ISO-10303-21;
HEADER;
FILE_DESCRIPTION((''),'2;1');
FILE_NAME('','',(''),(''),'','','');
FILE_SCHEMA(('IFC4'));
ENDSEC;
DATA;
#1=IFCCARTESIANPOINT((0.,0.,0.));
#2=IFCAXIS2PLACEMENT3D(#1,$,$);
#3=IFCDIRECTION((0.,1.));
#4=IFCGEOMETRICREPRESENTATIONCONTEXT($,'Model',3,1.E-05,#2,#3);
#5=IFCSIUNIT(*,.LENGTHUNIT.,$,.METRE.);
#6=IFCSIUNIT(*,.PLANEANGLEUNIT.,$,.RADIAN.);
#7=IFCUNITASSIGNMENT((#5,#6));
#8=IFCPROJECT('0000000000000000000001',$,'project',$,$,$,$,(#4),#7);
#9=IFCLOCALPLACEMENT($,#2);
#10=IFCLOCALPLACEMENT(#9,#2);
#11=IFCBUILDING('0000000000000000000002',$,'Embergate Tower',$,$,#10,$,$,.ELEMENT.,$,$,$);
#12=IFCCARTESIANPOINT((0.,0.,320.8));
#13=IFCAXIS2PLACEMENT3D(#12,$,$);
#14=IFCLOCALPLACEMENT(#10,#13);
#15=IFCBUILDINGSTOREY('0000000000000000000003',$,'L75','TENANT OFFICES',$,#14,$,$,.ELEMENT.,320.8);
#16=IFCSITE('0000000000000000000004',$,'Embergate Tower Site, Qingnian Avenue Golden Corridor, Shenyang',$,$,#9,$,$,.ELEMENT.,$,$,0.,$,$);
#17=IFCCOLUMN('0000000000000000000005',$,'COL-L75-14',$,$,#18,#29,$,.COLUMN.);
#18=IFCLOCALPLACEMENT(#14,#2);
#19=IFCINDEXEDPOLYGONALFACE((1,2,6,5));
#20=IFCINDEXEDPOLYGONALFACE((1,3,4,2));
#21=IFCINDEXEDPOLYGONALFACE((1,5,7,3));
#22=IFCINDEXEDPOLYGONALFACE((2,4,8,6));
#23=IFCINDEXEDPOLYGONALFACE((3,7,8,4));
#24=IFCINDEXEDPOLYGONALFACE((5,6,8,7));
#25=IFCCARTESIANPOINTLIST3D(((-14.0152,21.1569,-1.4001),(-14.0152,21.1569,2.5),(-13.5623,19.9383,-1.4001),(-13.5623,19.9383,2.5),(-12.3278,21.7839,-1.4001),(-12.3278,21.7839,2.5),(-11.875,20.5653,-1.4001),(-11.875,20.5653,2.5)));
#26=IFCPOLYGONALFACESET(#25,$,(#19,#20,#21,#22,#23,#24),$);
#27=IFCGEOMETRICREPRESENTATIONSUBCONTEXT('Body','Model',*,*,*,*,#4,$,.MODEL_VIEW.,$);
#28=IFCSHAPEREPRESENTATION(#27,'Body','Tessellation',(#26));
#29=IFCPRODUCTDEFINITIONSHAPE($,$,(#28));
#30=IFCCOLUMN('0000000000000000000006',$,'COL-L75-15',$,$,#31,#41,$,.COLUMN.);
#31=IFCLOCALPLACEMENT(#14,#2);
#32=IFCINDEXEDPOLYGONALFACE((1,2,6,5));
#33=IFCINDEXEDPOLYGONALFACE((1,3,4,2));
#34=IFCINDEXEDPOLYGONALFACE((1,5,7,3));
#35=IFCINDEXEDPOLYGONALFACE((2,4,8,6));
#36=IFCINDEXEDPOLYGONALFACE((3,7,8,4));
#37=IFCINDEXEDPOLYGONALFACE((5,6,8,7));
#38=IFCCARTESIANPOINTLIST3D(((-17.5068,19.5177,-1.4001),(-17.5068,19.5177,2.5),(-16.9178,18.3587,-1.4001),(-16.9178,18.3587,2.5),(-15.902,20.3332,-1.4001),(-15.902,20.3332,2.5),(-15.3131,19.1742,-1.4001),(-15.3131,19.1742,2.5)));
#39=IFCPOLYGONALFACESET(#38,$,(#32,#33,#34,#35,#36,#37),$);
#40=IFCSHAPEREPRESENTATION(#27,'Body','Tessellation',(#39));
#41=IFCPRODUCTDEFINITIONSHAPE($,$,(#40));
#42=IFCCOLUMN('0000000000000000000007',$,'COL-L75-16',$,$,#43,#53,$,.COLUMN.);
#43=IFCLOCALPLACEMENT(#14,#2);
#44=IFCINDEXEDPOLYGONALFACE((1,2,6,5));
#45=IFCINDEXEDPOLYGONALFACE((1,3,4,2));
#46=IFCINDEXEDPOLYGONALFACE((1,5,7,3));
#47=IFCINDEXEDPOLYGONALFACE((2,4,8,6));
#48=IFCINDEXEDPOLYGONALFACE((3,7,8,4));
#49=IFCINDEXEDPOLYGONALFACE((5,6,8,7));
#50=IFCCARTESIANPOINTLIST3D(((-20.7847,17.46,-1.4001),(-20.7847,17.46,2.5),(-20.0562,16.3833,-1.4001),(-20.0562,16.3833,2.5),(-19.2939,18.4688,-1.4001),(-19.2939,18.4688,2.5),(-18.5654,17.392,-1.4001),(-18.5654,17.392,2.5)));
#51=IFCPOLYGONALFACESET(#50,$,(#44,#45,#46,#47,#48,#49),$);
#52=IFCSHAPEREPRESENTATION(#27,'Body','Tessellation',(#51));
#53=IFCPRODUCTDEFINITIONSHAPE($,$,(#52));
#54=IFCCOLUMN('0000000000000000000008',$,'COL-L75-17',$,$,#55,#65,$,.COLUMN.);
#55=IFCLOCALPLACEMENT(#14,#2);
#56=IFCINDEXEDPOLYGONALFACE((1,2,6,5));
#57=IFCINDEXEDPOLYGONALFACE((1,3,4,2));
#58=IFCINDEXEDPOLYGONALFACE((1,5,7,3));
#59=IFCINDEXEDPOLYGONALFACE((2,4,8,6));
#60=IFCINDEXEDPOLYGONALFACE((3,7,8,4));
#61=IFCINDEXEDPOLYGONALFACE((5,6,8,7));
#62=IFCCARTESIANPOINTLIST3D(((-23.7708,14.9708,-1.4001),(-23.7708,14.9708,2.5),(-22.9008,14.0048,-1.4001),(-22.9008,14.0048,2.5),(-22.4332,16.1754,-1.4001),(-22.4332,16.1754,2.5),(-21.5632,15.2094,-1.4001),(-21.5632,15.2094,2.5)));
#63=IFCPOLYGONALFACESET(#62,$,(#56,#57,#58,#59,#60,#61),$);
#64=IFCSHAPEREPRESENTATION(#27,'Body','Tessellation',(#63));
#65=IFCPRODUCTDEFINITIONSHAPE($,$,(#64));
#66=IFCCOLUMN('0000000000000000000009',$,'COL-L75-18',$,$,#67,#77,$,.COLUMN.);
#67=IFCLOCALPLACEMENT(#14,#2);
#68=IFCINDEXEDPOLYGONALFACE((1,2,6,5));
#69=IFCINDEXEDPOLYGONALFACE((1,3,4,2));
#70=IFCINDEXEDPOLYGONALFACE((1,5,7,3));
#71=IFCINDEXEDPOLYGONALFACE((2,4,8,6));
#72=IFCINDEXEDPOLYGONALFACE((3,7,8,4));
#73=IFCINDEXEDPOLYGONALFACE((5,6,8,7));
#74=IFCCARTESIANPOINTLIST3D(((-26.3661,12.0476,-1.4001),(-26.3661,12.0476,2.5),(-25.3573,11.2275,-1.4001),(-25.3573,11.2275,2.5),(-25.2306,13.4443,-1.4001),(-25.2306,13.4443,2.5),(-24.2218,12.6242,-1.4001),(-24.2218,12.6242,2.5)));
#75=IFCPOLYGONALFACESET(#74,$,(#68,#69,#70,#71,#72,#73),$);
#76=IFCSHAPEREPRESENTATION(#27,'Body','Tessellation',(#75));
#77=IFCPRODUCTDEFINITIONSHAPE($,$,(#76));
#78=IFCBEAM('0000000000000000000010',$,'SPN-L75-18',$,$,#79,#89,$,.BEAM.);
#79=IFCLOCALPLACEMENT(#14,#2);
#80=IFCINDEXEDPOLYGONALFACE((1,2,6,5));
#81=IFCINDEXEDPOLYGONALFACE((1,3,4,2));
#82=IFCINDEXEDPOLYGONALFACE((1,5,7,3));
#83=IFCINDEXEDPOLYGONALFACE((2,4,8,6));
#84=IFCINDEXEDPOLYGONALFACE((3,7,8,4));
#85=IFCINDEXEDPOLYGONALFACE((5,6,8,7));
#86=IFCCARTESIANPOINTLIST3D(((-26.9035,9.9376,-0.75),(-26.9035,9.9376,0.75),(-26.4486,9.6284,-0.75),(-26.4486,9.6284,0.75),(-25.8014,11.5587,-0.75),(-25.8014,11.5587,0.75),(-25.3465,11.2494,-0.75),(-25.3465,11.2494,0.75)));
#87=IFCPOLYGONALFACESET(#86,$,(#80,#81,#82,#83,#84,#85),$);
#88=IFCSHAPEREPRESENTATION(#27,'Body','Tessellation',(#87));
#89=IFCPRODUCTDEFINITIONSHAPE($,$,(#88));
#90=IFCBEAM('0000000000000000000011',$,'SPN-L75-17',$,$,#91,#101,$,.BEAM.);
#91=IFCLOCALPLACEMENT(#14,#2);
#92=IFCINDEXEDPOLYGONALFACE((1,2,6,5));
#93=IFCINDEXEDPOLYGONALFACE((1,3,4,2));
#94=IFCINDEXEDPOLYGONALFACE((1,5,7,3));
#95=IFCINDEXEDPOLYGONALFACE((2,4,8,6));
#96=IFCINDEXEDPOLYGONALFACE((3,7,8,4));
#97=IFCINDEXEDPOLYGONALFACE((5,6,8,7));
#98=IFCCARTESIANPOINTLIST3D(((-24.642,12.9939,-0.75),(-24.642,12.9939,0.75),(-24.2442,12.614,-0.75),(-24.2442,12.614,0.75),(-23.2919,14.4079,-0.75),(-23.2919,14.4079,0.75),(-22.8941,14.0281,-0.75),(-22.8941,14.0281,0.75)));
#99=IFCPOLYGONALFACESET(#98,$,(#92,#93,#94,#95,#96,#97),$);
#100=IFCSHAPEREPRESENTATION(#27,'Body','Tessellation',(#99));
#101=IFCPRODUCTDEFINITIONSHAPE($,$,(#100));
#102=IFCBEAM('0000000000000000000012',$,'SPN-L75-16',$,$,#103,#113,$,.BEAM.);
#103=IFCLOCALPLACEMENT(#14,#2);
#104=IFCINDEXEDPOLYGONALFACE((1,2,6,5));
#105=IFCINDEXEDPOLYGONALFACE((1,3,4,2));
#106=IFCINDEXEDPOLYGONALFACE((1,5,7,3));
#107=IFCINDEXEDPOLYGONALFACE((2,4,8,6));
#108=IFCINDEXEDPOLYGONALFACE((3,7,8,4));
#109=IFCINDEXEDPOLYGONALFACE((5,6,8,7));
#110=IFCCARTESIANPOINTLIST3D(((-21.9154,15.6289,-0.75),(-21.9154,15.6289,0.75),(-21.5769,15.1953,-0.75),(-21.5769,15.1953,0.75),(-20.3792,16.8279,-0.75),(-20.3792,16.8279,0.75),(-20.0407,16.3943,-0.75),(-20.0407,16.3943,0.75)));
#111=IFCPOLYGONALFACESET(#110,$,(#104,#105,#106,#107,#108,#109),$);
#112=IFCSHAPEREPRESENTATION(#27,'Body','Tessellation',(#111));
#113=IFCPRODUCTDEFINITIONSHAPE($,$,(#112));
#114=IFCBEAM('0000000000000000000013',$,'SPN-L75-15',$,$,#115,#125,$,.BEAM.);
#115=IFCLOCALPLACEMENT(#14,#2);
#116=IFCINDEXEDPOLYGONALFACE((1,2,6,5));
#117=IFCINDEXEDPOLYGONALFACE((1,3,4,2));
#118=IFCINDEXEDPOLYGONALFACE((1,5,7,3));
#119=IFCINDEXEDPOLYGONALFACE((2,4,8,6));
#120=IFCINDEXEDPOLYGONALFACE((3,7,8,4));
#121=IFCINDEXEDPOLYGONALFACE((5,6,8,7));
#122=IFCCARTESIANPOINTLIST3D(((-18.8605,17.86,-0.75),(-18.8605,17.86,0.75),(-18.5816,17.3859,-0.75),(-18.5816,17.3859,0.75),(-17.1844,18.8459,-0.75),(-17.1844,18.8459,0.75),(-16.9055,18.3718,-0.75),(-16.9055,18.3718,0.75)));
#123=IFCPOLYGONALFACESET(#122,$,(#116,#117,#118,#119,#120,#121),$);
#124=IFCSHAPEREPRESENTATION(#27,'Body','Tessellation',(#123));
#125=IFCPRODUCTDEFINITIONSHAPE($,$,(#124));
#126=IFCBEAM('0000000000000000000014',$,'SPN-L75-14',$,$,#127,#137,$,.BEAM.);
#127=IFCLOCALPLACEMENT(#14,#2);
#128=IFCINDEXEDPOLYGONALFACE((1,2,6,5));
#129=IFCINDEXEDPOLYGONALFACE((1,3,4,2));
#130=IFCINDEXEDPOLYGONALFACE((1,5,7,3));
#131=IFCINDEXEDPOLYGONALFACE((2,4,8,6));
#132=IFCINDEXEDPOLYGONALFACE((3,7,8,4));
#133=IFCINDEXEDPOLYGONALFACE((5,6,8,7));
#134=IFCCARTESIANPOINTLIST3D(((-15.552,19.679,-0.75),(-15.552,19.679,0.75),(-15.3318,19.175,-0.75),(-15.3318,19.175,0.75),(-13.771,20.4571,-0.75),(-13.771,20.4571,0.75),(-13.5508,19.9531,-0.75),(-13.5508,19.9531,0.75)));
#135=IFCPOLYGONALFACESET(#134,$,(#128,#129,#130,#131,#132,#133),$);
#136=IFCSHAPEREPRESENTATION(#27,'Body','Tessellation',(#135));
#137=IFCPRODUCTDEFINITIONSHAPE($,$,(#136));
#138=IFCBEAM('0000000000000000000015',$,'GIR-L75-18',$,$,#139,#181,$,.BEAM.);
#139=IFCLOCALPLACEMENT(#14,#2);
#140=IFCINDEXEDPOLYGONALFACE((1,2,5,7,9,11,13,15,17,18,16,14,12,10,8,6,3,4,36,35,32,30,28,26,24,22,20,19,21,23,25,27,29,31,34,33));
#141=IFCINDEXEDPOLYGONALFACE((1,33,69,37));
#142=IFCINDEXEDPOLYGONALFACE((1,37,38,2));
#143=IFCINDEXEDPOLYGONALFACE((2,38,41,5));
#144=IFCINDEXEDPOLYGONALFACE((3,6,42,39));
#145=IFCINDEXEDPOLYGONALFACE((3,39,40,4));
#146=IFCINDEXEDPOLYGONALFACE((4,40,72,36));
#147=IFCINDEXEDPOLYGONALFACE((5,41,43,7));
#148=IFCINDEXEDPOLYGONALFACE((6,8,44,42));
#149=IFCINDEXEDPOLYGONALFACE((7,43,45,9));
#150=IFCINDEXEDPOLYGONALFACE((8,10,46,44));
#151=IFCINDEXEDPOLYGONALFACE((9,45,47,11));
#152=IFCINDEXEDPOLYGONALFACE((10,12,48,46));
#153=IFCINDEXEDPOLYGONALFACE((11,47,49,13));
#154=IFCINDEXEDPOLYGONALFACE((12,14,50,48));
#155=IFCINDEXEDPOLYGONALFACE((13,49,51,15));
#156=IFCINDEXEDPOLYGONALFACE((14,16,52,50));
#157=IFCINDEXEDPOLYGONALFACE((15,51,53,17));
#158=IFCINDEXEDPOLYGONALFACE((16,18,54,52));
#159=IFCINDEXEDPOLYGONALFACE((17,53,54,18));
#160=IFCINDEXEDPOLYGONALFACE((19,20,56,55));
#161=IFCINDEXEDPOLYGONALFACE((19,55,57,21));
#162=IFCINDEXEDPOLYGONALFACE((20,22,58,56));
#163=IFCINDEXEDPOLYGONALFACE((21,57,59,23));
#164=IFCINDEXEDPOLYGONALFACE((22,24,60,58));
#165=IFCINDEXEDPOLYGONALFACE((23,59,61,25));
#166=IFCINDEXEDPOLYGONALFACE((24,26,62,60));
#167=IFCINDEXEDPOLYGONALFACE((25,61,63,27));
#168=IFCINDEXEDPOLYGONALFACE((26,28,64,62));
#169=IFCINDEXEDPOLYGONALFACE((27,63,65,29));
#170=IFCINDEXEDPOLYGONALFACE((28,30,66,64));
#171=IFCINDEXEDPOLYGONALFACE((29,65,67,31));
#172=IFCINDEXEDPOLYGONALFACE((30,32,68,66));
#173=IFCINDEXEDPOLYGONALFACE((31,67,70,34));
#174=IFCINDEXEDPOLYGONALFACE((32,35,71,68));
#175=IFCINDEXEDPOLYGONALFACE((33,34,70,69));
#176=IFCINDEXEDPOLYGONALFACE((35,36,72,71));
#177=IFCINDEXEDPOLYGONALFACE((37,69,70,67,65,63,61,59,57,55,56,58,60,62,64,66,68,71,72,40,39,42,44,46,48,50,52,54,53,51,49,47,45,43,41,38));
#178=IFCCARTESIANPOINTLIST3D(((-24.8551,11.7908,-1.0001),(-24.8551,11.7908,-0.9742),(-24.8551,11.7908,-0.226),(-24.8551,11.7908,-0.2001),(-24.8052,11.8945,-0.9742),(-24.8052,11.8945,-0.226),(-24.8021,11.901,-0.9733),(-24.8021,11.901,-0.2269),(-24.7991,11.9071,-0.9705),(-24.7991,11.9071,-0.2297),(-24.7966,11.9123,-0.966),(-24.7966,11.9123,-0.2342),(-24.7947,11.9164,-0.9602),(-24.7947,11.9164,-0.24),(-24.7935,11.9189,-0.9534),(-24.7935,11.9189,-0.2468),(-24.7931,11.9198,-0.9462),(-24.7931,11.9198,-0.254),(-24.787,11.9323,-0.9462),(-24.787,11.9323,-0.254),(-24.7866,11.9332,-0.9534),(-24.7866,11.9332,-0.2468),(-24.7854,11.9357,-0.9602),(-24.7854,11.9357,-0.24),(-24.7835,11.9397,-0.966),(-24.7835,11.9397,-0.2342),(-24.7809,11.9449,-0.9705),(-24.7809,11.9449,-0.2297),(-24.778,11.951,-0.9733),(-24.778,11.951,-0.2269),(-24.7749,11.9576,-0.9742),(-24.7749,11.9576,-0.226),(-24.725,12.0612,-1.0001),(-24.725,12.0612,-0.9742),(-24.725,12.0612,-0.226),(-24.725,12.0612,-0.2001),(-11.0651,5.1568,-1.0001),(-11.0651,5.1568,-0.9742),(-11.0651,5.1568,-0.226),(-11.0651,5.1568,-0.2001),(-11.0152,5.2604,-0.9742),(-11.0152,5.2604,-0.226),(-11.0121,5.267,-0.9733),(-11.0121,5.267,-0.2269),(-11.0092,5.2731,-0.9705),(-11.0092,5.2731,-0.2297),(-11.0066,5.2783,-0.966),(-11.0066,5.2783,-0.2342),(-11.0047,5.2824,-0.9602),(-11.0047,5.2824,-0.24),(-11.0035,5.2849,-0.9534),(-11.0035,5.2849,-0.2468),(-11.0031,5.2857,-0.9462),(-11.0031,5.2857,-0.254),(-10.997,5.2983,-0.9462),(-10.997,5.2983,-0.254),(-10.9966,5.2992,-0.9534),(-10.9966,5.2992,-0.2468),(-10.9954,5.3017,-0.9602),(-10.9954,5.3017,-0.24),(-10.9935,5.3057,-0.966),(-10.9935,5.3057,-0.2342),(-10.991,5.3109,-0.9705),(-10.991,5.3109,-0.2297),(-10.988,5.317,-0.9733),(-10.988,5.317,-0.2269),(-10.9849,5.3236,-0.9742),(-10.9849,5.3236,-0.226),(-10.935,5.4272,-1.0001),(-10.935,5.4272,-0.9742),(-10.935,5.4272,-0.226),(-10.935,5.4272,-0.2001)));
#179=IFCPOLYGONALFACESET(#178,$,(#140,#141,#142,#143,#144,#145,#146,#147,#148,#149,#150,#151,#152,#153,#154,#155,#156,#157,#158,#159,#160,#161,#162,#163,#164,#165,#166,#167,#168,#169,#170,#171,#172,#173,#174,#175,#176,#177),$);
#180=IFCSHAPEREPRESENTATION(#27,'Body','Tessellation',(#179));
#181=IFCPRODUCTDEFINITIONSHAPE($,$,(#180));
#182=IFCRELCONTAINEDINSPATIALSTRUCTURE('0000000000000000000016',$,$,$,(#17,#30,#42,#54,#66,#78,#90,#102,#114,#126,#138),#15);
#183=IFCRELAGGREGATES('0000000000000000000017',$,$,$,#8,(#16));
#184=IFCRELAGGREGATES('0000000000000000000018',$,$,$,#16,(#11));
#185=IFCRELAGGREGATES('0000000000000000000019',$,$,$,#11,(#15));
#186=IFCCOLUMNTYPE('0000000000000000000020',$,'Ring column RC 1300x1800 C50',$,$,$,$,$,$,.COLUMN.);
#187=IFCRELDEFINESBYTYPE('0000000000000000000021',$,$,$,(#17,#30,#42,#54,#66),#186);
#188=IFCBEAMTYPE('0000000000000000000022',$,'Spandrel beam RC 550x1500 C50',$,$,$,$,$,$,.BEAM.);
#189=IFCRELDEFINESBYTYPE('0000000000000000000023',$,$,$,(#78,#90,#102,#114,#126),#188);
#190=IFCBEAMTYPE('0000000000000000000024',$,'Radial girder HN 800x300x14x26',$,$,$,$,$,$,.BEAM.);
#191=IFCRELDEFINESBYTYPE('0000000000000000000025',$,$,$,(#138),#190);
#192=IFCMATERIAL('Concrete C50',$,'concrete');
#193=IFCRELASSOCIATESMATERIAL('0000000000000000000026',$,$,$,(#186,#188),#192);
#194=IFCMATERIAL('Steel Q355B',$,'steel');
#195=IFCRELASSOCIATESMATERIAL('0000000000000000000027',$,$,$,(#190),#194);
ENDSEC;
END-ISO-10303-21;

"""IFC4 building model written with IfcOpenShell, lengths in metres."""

from ifc_helpers import new_model, si_unit, direction, frame, origin, origin_2d, place, context, subcontext, project, spatial, rectangle, i_section, extrude, source, transform, mapped, material, material_profile, profile_set, type_object, element, save


model = new_model("IFC4")

# Units and contexts
model_context = context("Model", 3, precision=1e-05, world=origin(), true_north=direction((0.0, 1.0)))
body_context = subcontext(model_context, "Body", "Model", "MODEL_VIEW")
ifc_project = project(units=[si_unit("LENGTHUNIT", "METRE"), si_unit("PLANEANGLEUNIT", "RADIAN")], contexts=[model_context])

# Site, building, storey
site_placement = place(None, origin())
site = spatial("IfcSite", under=ifc_project, at=site_placement, Name="Embergate Tower Site, Qingnian Avenue Golden Corridor, Shenyang", CompositionType="ELEMENT", RefElevation=0.0)
building_placement = place(site_placement, origin())
building = spatial("IfcBuilding", under=site, at=building_placement, Name="Embergate Tower", CompositionType="ELEMENT")
storey_placement = place(building_placement, frame((0.0, 0.0, 320.8)))
storey = spatial("IfcBuildingStorey", under=building, at=storey_placement, Name="L75", Description="TENANT OFFICES", CompositionType="ELEMENT", Elevation=320.8)

# Columns
ifc_material_1 = material(Name="Concrete C50", Category="concrete")
ifc_material_profile_1 = material_profile(ifc_material_1, rectangle(XDim=1.3, YDim=1.8, at=origin_2d()), Name="RC 1300x1800")
ifc_profile_set_1 = profile_set([ifc_material_profile_1], Name="Concrete C50")
column_type = type_object("IfcColumnType", Name="Ring column RC 1300x1800 C50", PredefinedType="COLUMN", material=ifc_profile_set_1)
shared_shape_1 = source(origin(), body_context, "Body", "SweptSolid", [
    extrude(rectangle(XDim=1.3, YDim=1.8, at=origin_2d()), origin(), (0.0, 0.0, 1.0), 3.9001),
])
for number, where, z_axis, x_axis, name in (
    (1, (-12.9451, 20.8611, -1.4001), (0.0, 0.0, 1.0), (-0.348343, 0.937367, 0.0), "COL-L75-14"),
    (2, (-16.4099, 19.3459, -1.4001), (0.0, 0.0, 1.0), (-0.453011, 0.891505, 0.0), "COL-L75-15"),
    (3, (-19.675, 17.426, -1.4001), (0.0, 0.0, 1.0), (-0.560393, 0.828227, 0.0), "COL-L75-16"),
    (4, (-22.667, 15.0901, -1.4001), (0.0, 0.0, 1.0), (-0.669221, 0.743063, 0.0), "COL-L75-17"),
    (5, (-25.2939, 12.3359, -1.4001), (0.0, 0.0, 1.0), (-0.775925, 0.630825, 0.0), "COL-L75-18"),
):
    element("IfcColumn", number, at=place(storey_placement, frame(where, z_axis=z_axis, x_axis=x_axis)), inside=storey, type_object=column_type, Name=name, PredefinedType="COLUMN", context=body_context, shape_type="MappedRepresentation", body=[
        mapped(shared_shape_1, transform((0.0, 0.0, 0.0))),
    ])

# Beams
ifc_material_profile_2 = material_profile(ifc_material_1, rectangle(XDim=0.55, YDim=1.5, at=origin_2d()), Name="RC 550x1500")
ifc_profile_set_2 = profile_set([ifc_material_profile_2], Name="Concrete C50")
beam_type_1 = type_object("IfcBeamType", Name="Spandrel beam RC 550x1500 C50", PredefinedType="BEAM", material=ifc_profile_set_2)
shared_shape_2 = source(origin(), body_context, "Body", "SweptSolid", [
    extrude(rectangle(XDim=0.55, YDim=1.5, at=origin_2d()), origin(), (0.0, 0.0, 1.0), 1.9602),
])
beam_1_placement = place(storey_placement, frame((-25.574, 11.4041, 0.0), z_axis=(-0.562208, -0.826996, 0.0), x_axis=(0.826996, -0.562208, 0.0)))
element("IfcBeam", 6, at=beam_1_placement, inside=storey, type_object=beam_type_1, Name="SPN-L75-18", PredefinedType="BEAM", context=body_context, shape_type="MappedRepresentation", body=[
    mapped(shared_shape_2, transform((0.0, 0.0, 0.0))),
])
shared_shape_3 = source(origin(), body_context, "Body", "SweptSolid", [
    extrude(rectangle(XDim=0.55, YDim=1.5, at=origin_2d()), origin(), (0.0, 0.0, 1.0), 1.9551),
])
beam_2_placement = place(storey_placement, frame((-23.093, 14.218, 0.0), z_axis=(-0.690559, -0.723276, 0.0), x_axis=(0.723276, -0.690559, 0.0)))
element("IfcBeam", 7, at=beam_2_placement, inside=storey, type_object=beam_type_1, Name="SPN-L75-17", PredefinedType="BEAM", context=body_context, shape_type="MappedRepresentation", body=[
    mapped(shared_shape_3, transform((0.0, 0.0, 0.0))),
])
shared_shape_4 = source(origin(), body_context, "Body", "SweptSolid", [
    extrude(rectangle(XDim=0.55, YDim=1.5, at=origin_2d()), origin(), (0.0, 0.0, 1.0), 1.9487),
])
beam_3_placement = place(storey_placement, frame((-20.21, 16.6111, 0.0), z_axis=(-0.788305, -0.615284, 0.0), x_axis=(0.615284, -0.788305, 0.0)))
element("IfcBeam", 8, at=beam_3_placement, inside=storey, type_object=beam_type_1, Name="SPN-L75-16", PredefinedType="BEAM", context=body_context, shape_type="MappedRepresentation", body=[
    mapped(shared_shape_4, transform((0.0, 0.0, 0.0))),
])
shared_shape_5 = source(origin(), body_context, "Body", "SweptSolid", [
    extrude(rectangle(XDim=0.55, YDim=1.5, at=origin_2d()), origin(), (0.0, 0.0, 1.0), 1.9446),
])
beam_4_placement = place(storey_placement, frame((-17.0449, 18.6089, 0.0), z_axis=(-0.861947, -0.506998, 0.0), x_axis=(0.506998, -0.861947, 0.0)))
element("IfcBeam", 9, at=beam_4_placement, inside=storey, type_object=beam_type_1, Name="SPN-L75-15", PredefinedType="BEAM", context=body_context, shape_type="MappedRepresentation", body=[
    mapped(shared_shape_5, transform((0.0, 0.0, 0.0))),
])
shared_shape_6 = source(origin(), body_context, "Body", "SweptSolid", [
    extrude(rectangle(XDim=0.55, YDim=1.5, at=origin_2d()), origin(), (0.0, 0.0, 1.0), 1.9436),
])
beam_5_placement = place(storey_placement, frame((-13.6609, 20.2051, 0.0), z_axis=(-0.916368, -0.400338, 0.0), x_axis=(0.400338, -0.916368, 0.0)))
element("IfcBeam", 10, at=beam_5_placement, inside=storey, type_object=beam_type_1, Name="SPN-L75-14", PredefinedType="BEAM", context=body_context, shape_type="MappedRepresentation", body=[
    mapped(shared_shape_6, transform((0.0, 0.0, 0.0))),
])
ifc_material_2 = material(Name="Steel Q355B", Category="steel")
ifc_material_profile_3 = material_profile(ifc_material_2, i_section(OverallWidth=0.3, OverallDepth=0.8, WebThickness=0.0139, FlangeThickness=0.0259, FilletRadius=0.0281, at=origin_2d()), Name="HN 800x300x14x26")
ifc_profile_set_3 = profile_set([ifc_material_profile_3], Name="Steel Q355 grade B")
beam_type_2 = type_object("IfcBeamType", Name="Radial girder HN 800x300x14x26", PredefinedType="BEAM", material=ifc_profile_set_3)
shared_shape_7 = source(origin(), body_context, "Body", "SweptSolid", [
    extrude(i_section(OverallWidth=0.3, OverallDepth=0.8, WebThickness=0.0139, FlangeThickness=0.0259, FilletRadius=0.0281, at=origin_2d()), origin(), (0.0, 0.0, 1.0), 15.3027),
])
beam_6_placement = place(storey_placement, frame((-24.79, 11.926, -0.6001), z_axis=(0.901145, -0.433518, 0.0), x_axis=(0.433518, 0.901145, 0.0)))
element("IfcBeam", 11, at=beam_6_placement, inside=storey, type_object=beam_type_2, Name="GIR-L75-18", PredefinedType="BEAM", context=body_context, shape_type="MappedRepresentation", body=[
    mapped(shared_shape_7, transform((0.0, 0.0, 0.0))),
])

save(model, "model.ifc")
